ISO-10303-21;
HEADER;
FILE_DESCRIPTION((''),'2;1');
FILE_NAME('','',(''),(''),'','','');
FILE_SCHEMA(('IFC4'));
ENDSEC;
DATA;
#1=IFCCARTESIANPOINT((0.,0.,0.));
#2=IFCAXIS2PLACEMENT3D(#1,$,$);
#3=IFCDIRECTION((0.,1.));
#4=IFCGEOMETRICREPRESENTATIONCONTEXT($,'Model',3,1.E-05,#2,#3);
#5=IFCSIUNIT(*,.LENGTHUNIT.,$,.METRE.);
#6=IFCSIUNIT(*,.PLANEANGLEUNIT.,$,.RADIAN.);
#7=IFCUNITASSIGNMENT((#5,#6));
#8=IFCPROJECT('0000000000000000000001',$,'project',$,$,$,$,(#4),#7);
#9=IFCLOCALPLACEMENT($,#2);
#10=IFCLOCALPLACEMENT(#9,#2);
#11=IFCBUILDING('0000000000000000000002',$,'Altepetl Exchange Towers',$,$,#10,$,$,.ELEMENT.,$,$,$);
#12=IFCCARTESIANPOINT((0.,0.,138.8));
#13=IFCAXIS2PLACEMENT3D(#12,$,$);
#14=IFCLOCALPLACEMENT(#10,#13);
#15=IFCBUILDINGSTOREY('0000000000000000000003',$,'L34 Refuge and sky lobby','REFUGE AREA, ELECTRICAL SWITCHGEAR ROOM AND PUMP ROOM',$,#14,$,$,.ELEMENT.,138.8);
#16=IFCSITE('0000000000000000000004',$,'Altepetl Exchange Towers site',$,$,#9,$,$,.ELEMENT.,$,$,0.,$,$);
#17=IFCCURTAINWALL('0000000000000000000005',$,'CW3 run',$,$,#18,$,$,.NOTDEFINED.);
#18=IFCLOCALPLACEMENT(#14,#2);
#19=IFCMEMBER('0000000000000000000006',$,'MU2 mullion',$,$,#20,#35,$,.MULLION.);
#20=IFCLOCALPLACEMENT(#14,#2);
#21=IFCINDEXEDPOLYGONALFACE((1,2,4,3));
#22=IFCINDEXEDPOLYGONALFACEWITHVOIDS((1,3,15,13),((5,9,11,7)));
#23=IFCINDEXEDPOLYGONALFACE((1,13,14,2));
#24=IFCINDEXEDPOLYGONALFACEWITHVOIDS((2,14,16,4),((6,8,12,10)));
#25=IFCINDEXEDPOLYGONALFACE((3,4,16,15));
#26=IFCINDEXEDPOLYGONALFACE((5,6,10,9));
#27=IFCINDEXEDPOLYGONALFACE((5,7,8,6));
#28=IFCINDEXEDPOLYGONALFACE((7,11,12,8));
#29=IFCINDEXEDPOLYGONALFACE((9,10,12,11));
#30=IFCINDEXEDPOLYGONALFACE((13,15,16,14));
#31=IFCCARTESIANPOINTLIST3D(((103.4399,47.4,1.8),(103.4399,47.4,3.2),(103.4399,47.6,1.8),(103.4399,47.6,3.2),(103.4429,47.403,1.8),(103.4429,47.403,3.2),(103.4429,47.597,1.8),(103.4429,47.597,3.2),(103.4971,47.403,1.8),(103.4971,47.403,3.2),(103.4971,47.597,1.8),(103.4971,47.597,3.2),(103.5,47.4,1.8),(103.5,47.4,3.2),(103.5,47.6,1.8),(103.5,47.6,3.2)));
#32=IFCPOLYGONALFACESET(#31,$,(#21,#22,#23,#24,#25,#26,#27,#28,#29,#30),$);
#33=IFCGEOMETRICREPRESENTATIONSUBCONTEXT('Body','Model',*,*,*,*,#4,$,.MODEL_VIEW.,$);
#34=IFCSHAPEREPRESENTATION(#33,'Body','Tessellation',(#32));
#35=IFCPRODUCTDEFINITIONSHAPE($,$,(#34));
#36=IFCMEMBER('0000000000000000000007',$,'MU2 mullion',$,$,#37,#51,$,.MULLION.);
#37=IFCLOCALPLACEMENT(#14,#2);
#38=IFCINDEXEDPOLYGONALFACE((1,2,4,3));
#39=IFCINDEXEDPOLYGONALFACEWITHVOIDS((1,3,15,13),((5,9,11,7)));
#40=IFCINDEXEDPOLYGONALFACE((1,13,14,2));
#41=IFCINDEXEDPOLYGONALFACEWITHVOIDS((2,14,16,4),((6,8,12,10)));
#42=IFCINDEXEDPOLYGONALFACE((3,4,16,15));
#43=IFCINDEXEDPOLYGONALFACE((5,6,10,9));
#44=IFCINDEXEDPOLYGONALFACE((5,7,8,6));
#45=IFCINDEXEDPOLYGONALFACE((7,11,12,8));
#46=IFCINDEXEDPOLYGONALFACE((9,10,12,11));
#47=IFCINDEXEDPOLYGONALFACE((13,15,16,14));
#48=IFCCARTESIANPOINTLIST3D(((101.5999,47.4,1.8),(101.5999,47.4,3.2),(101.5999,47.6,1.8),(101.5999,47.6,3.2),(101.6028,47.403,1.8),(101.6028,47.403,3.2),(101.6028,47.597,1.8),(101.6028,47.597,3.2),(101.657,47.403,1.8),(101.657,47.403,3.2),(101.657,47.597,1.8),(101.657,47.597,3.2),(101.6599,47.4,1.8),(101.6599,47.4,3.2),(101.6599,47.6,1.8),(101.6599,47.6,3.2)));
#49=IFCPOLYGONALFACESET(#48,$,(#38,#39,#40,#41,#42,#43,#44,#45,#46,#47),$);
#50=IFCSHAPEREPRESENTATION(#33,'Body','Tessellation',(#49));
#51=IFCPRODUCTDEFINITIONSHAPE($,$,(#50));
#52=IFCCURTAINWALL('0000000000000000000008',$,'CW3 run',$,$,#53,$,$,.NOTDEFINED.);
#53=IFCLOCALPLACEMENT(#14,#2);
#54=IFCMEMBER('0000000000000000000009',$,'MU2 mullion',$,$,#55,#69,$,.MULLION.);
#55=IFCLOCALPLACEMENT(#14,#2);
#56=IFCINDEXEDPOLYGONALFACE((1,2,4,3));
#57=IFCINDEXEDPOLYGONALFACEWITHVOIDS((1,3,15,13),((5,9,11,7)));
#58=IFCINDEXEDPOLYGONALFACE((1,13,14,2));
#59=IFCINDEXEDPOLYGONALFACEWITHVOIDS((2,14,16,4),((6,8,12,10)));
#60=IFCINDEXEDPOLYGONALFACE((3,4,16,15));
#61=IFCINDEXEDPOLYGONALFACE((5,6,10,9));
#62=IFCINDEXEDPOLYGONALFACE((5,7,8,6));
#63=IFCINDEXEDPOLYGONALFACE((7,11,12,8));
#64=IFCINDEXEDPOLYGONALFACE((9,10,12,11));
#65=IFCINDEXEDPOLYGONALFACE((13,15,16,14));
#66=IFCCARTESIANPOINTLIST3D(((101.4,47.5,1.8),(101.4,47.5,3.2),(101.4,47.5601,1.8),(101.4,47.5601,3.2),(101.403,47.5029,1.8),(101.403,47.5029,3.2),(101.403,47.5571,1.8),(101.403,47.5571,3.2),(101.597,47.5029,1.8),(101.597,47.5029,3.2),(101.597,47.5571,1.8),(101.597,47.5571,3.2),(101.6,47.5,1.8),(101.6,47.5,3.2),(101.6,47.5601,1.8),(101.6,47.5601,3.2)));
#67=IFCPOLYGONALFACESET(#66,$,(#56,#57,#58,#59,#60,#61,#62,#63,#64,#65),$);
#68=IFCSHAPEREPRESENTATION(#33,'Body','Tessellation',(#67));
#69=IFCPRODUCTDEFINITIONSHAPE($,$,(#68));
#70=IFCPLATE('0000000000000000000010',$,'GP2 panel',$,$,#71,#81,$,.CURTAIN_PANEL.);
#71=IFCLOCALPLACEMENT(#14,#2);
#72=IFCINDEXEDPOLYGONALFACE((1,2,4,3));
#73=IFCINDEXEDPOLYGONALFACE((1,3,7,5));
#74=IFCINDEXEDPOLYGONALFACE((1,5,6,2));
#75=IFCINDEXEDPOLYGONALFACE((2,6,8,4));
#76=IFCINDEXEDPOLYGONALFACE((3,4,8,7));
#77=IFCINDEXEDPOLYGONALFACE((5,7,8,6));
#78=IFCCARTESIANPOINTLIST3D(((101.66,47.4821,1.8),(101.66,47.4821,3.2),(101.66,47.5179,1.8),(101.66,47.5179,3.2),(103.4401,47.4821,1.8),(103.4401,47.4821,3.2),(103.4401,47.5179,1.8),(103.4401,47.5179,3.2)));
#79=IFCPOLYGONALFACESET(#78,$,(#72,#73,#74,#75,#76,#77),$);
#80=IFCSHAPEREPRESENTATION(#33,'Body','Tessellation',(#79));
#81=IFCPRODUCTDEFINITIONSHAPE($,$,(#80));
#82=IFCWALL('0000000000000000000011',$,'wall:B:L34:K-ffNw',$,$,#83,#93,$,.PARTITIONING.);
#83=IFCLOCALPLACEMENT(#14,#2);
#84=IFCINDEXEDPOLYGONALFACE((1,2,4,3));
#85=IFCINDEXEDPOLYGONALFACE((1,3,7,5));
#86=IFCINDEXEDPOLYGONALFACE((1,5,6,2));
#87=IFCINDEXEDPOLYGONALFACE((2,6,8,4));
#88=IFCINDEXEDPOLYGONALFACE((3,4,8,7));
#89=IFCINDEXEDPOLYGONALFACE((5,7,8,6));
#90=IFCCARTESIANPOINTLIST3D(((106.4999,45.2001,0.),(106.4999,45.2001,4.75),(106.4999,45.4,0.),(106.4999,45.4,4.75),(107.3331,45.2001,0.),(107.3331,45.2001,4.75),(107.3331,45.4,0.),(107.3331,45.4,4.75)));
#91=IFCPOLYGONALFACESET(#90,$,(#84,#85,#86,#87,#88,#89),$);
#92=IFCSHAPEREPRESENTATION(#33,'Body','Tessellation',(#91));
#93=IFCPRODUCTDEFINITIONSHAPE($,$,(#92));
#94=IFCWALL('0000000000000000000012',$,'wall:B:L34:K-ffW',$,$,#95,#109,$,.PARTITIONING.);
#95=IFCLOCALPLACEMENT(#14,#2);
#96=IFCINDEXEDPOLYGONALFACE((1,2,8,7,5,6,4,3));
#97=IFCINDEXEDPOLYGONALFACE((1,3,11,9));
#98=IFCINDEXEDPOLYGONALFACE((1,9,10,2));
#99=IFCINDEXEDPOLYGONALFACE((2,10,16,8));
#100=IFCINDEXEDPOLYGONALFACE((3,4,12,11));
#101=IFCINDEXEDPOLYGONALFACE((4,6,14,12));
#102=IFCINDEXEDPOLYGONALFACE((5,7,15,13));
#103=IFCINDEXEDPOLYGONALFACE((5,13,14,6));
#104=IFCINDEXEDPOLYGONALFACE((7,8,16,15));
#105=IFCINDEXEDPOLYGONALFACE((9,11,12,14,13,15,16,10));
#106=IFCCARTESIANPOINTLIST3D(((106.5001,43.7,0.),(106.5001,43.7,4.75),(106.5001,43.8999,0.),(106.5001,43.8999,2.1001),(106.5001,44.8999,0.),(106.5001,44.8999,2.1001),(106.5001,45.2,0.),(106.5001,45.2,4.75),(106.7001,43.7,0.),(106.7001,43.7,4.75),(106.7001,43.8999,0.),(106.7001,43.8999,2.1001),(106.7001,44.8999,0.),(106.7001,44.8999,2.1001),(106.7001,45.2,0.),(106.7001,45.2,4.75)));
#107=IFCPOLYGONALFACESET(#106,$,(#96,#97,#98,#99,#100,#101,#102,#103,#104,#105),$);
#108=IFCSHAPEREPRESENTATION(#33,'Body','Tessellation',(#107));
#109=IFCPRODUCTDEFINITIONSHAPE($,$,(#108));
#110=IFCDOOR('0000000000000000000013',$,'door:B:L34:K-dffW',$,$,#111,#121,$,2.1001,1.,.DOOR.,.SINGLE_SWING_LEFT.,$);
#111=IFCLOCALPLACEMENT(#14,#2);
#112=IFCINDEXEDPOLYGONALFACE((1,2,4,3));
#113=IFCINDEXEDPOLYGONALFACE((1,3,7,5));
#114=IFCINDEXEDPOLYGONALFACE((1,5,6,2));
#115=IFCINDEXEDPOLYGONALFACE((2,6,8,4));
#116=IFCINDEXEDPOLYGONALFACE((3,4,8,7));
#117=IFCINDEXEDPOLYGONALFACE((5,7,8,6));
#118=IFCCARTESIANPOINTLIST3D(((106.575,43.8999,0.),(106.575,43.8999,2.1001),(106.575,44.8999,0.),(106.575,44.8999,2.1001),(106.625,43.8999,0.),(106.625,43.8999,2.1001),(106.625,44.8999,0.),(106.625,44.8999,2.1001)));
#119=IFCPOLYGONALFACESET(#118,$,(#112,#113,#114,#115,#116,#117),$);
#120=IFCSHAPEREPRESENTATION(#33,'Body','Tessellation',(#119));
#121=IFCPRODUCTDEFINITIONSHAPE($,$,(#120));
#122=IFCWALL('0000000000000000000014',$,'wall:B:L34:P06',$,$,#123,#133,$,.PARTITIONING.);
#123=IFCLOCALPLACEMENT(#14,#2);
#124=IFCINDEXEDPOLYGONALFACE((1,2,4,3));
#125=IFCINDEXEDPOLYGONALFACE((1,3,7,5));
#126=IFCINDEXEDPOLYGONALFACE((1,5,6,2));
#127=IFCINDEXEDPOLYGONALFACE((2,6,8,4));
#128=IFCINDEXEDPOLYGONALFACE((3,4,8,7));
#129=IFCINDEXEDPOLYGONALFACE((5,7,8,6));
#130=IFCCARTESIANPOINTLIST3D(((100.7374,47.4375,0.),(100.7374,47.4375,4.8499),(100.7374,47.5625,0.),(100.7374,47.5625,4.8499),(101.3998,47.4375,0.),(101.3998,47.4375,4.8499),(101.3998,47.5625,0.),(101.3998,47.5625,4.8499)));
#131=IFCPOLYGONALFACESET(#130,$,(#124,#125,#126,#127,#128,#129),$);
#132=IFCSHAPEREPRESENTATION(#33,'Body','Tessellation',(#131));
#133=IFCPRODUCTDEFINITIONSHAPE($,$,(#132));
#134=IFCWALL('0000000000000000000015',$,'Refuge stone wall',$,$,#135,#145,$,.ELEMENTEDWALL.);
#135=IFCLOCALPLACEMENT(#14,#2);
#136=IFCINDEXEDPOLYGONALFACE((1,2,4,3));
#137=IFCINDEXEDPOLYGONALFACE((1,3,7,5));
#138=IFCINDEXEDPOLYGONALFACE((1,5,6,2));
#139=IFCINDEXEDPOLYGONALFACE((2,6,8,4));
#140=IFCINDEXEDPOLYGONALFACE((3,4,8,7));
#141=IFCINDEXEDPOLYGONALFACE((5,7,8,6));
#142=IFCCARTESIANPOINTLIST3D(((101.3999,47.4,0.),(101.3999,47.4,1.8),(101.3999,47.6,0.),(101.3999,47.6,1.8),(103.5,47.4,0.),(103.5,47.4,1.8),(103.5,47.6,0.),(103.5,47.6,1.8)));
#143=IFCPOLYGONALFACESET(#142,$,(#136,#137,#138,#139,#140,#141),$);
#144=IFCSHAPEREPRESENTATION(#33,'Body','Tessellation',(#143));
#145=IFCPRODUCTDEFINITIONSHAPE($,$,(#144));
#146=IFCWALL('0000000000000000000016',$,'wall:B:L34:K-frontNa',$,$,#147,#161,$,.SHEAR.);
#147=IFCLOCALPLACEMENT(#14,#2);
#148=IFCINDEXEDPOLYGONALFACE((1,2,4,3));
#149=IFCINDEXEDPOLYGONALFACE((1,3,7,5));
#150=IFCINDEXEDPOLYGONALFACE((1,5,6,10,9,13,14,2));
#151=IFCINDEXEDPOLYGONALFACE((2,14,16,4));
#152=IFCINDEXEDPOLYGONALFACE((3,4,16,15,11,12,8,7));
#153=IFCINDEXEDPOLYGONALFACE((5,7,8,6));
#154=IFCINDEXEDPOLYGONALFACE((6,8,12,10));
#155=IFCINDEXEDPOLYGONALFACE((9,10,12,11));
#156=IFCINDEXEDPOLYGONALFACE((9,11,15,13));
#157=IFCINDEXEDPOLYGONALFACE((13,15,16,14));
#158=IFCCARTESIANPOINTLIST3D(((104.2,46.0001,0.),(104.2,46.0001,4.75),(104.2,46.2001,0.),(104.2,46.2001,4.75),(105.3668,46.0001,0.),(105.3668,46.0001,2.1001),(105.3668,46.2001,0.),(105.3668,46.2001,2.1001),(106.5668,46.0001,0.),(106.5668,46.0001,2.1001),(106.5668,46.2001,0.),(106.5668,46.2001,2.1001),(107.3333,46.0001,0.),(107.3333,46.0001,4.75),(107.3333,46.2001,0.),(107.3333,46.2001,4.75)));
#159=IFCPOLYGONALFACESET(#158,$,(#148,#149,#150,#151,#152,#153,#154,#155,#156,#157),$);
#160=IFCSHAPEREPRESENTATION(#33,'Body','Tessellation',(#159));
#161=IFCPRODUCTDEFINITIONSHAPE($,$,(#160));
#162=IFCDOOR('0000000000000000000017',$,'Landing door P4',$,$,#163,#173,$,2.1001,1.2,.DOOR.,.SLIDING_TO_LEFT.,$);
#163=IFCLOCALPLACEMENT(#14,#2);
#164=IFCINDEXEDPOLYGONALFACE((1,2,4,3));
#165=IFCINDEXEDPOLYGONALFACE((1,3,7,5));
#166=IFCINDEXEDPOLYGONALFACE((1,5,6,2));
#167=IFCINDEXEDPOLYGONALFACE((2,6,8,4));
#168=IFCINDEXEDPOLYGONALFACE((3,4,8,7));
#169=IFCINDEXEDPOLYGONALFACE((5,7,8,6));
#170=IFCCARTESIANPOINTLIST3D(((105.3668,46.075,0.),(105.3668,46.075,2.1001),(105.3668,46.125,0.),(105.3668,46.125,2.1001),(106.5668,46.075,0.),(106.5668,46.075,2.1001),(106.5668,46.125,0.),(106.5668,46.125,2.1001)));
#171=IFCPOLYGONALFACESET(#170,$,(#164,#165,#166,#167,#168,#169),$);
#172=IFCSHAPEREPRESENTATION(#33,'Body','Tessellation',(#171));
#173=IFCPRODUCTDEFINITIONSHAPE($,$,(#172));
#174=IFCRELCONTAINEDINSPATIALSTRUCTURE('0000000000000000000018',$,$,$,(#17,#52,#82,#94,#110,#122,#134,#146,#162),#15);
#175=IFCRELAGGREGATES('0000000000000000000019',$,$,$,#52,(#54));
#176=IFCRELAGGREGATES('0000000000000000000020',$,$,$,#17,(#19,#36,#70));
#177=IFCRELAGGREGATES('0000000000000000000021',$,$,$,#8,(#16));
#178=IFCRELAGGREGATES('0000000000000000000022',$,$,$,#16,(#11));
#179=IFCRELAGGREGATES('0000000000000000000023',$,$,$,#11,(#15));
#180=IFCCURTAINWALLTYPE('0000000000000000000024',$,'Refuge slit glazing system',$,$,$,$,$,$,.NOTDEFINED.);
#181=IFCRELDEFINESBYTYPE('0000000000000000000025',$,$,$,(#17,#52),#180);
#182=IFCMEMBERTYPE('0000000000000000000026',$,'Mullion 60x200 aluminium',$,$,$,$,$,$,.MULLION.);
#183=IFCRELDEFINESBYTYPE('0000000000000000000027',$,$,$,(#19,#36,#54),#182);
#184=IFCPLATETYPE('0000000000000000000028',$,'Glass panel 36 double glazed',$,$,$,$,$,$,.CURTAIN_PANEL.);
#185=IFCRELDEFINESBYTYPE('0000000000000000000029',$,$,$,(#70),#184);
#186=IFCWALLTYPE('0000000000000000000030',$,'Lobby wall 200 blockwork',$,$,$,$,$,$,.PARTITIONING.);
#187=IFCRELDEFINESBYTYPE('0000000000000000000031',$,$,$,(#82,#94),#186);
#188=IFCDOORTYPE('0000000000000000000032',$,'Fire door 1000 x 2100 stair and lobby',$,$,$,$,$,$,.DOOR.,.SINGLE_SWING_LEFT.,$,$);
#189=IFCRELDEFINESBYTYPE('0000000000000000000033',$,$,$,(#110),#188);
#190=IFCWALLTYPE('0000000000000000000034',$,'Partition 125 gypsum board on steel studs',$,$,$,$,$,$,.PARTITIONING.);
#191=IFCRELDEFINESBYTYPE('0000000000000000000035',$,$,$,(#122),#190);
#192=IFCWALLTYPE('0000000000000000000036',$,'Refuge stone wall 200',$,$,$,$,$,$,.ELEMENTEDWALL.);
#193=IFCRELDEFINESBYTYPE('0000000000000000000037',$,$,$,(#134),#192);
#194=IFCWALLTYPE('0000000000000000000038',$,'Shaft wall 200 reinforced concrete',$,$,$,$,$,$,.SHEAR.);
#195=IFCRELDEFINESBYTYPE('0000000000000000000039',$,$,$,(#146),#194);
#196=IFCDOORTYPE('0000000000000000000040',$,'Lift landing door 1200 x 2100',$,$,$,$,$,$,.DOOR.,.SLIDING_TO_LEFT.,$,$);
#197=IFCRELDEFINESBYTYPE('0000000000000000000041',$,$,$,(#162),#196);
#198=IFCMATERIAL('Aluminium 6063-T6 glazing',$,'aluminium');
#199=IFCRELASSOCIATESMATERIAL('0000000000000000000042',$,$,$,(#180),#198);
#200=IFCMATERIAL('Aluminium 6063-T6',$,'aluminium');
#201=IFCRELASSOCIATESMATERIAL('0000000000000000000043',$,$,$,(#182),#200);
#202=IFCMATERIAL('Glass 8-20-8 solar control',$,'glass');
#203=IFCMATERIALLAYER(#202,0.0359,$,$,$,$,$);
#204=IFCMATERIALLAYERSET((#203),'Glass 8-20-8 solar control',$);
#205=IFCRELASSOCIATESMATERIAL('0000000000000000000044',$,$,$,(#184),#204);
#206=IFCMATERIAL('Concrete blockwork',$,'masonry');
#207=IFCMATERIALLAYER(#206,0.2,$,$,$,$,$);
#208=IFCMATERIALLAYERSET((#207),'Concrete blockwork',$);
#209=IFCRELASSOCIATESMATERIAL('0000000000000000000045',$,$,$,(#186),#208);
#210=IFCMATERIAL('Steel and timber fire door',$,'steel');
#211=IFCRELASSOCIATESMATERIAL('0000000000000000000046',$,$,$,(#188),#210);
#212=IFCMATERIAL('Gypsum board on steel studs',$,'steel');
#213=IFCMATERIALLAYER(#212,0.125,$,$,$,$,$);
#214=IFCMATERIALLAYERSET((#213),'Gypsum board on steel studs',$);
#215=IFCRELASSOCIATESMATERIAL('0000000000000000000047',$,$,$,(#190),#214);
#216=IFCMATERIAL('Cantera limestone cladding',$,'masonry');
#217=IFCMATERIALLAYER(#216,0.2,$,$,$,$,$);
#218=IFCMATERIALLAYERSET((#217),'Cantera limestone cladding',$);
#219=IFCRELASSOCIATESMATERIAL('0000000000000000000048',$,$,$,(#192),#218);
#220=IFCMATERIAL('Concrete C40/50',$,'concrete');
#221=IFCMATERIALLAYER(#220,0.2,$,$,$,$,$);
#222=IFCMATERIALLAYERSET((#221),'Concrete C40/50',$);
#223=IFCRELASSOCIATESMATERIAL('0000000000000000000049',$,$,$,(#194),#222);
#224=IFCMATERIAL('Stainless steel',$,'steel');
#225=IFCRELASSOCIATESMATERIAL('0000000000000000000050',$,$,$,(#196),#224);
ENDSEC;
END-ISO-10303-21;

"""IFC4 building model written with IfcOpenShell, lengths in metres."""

from ifc_helpers import new_model, si_unit, direction, frame, frame_2d, origin, origin_2d, place, context, subcontext, project, spatial, rectangle, hollow_rectangle, extrude, material, layer, layer_set, material_profile, profile_set, type_object, element, fill, aggregate, save


model = new_model("IFC4")

# Units and contexts
model_context = context("Model", 3, precision=1e-05, world=origin(), true_north=direction((0.0, 1.0)))
body_context = subcontext(model_context, "Body", "Model", "MODEL_VIEW")
ifc_project = project(units=[si_unit("LENGTHUNIT", "METRE"), si_unit("PLANEANGLEUNIT", "RADIAN")], contexts=[model_context])

# Site, building, storey
site_placement = place(None, origin())
site = spatial("IfcSite", under=ifc_project, at=site_placement, Name="Altepetl Exchange Towers site", CompositionType="ELEMENT", RefElevation=0.0)
building_placement = place(site_placement, origin())
building = spatial("IfcBuilding", under=site, at=building_placement, Name="Altepetl Exchange Towers", CompositionType="ELEMENT")
storey_placement = place(building_placement, frame((0.0, 0.0, 138.8)))
storey = spatial("IfcBuildingStorey", under=building, at=storey_placement, Name="L34 Refuge and sky lobby", Description="REFUGE AREA, ELECTRICAL SWITCHGEAR ROOM AND PUMP ROOM", CompositionType="ELEMENT", Elevation=138.8)

# Curtain wall, members
ifc_material_1 = material(Name="Aluminium 6063-T6 glazing", Category="aluminium")
curtain_wall_type = type_object("IfcCurtainWallType", Name="Refuge slit glazing system", PredefinedType="NOTDEFINED", material=ifc_material_1)
curtain_wall_1_placement = place(storey_placement, origin())
curtain_wall_1 = element("IfcCurtainWall", 1, at=curtain_wall_1_placement, inside=storey, type_object=curtain_wall_type, Name="CW3 run", PredefinedType="NOTDEFINED")
ifc_material_2 = material(Name="Aluminium 6063-T6", Category="aluminium")
ifc_material_profile = material_profile(ifc_material_2, hollow_rectangle(XDim=0.0601, YDim=0.2, WallThickness=0.0029, at=origin_2d()), Name="Mullion 60x200 aluminium")
ifc_profile_set = profile_set([ifc_material_profile], Name="Aluminium 6063-T6")
member_type = type_object("IfcMemberType", Name="Mullion 60x200 aluminium", PredefinedType="MULLION", material=ifc_profile_set)
member_1_placement = place(storey_placement, frame((103.47, 47.5, 1.8), z_axis=(0.0, 0.0, 1.0), x_axis=(-1.0, 0.0, 0.0)))
member_1 = element("IfcMember", 2, at=member_1_placement, type_object=member_type, Name="MU2 mullion", PredefinedType="MULLION", context=body_context, shape_type="SweptSolid", body=[
    extrude(hollow_rectangle(XDim=0.0601, YDim=0.2, WallThickness=0.0029, at=origin_2d()), origin(), (0.0, 0.0, 1.0), 1.3999),
])
member_2_placement = place(storey_placement, frame((101.6299, 47.5, 1.8), z_axis=(0.0, 0.0, 1.0), x_axis=(-1.0, 0.0, 0.0)))
member_2 = element("IfcMember", 3, at=member_2_placement, type_object=member_type, Name="MU2 mullion", PredefinedType="MULLION", context=body_context, shape_type="SweptSolid", body=[
    extrude(hollow_rectangle(XDim=0.0601, YDim=0.2, WallThickness=0.0029, at=origin_2d()), origin(), (0.0, 0.0, 1.0), 1.3999),
])

# Curtain wall, member
curtain_wall_2_placement = place(storey_placement, origin())
curtain_wall_2 = element("IfcCurtainWall", 4, at=curtain_wall_2_placement, inside=storey, type_object=curtain_wall_type, Name="CW3 run", PredefinedType="NOTDEFINED")
member_3_placement = place(storey_placement, frame((101.5, 47.53, 1.8), z_axis=(0.0, 0.0, 1.0), x_axis=(0.0, 1.0, 0.0)))
member_3 = element("IfcMember", 5, at=member_3_placement, type_object=member_type, Name="MU2 mullion", PredefinedType="MULLION", context=body_context, shape_type="SweptSolid", body=[
    extrude(hollow_rectangle(XDim=0.0601, YDim=0.2, WallThickness=0.0029, at=origin_2d()), origin(), (0.0, 0.0, 1.0), 1.3999),
])
aggregate(curtain_wall_2, [member_3])

# Plate
ifc_material_3 = material(Name="Glass 8-20-8 solar control", Category="glass")
ifc_layer_1 = layer(ifc_material_3, 0.0359)
ifc_layer_set_1 = layer_set([ifc_layer_1], Name="Glass 8-20-8 solar control")
plate_type = type_object("IfcPlateType", Name="Glass panel 36 double glazed", PredefinedType="CURTAIN_PANEL", material=ifc_layer_set_1)
plate_placement = place(storey_placement, frame((102.55, 47.5, 1.8), z_axis=(0.0, 0.0, 1.0), x_axis=(-1.0, 0.0, 0.0)))
plate = element("IfcPlate", 6, at=plate_placement, type_object=plate_type, Name="GP2 panel", PredefinedType="CURTAIN_PANEL", context=body_context, shape_type="SweptSolid", body=[
    extrude(rectangle(XDim=1.78, YDim=0.0359, at=origin_2d()), origin(), (0.0, 0.0, 1.0), 1.3999),
])
aggregate(curtain_wall_1, [member_1, member_2, plate])

# Wall
ifc_material_4 = material(Name="Concrete blockwork", Category="masonry")
ifc_layer_2 = layer(ifc_material_4, 0.2)
ifc_layer_set_2 = layer_set([ifc_layer_2], Name="Concrete blockwork")
wall_type_1 = type_object("IfcWallType", Name="Lobby wall 200 blockwork", PredefinedType="PARTITIONING", material=ifc_layer_set_2)
wall_1_placement = place(storey_placement, frame((106.5, 45.3, 0.0)))
element("IfcWall", 7, at=wall_1_placement, inside=storey, type_object=wall_type_1, Name="wall:B:L34:K-ffNw", PredefinedType="PARTITIONING", context=body_context, shape_type="SweptSolid", body=[
    extrude(rectangle(XDim=0.8333, YDim=0.2, at=frame_2d((0.4165, 0.0))), origin(), (0.0, 0.0, 1.0), 4.75),
])

# Wall, opening, door
wall_2_placement = place(storey_placement, frame((106.6001, 43.7, 0.0), z_axis=(0.0, 0.0, 1.0), x_axis=(0.0, 1.0, 0.0)))
wall_2 = element("IfcWall", 8, at=wall_2_placement, inside=storey, type_object=wall_type_1, Name="wall:B:L34:K-ffW", PredefinedType="PARTITIONING", context=body_context, shape_type="SweptSolid", body=[
    extrude(rectangle(XDim=1.5, YDim=0.2, at=frame_2d((0.75, 0.0))), origin(), (0.0, 0.0, 1.0), 4.75),
])
opening_1_placement = place(wall_2_placement, frame((0.2, 0.0, 0.0)))
opening_1 = element("IfcOpeningElement", 9, at=opening_1_placement, cuts=wall_2, PredefinedType="OPENING", context=body_context, shape_type="SweptSolid", body=[
    extrude(rectangle(XDim=1.0, YDim=2.1001, at=frame_2d((0.5, 1.05))), frame((0.0, 0.1099, 0.0), z_axis=(0.0, -1.0, 0.0), x_axis=(1.0, 0.0, 0.0)), (0.0, 0.0, 1.0), 0.22),
])
ifc_material_5 = material(Name="Steel and timber fire door", Category="steel")
door_type_1 = type_object("IfcDoorType", Name="Fire door 1000 x 2100 stair and lobby", OperationType="SINGLE_SWING_LEFT", PredefinedType="DOOR", material=ifc_material_5)
door_1_placement = place(opening_1_placement, frame((1.0, 0.0, 0.0), x_axis=(-1.0, 0.0, 0.0)))
door_1 = element("IfcDoor", 10, at=door_1_placement, inside=storey, type_object=door_type_1, Name="door:B:L34:K-dffW", OperationType="SINGLE_SWING_LEFT", OverallHeight=2.1001, OverallWidth=1.0, PredefinedType="DOOR", context=body_context, shape_type="SweptSolid", body=[
    extrude(rectangle(XDim=1.0, YDim=2.1001, at=frame_2d((0.5, 1.05))), frame((0.0, 0.0249, 0.0), z_axis=(0.0, -1.0, 0.0), x_axis=(1.0, 0.0, 0.0)), (0.0, 0.0, 1.0), 0.05),
])
fill(opening_1, door_1)

# Walls
ifc_material_6 = material(Name="Gypsum board on steel studs", Category="steel")
ifc_layer_3 = layer(ifc_material_6, 0.125)
ifc_layer_set_3 = layer_set([ifc_layer_3], Name="Gypsum board on steel studs")
wall_type_2 = type_object("IfcWallType", Name="Partition 125 gypsum board on steel studs", PredefinedType="PARTITIONING", material=ifc_layer_set_3)
wall_3_placement = place(storey_placement, frame((100.7375, 47.5, 0.0)))
element("IfcWall", 11, at=wall_3_placement, inside=storey, type_object=wall_type_2, Name="wall:B:L34:P06", PredefinedType="PARTITIONING", context=body_context, shape_type="SweptSolid", body=[
    extrude(rectangle(XDim=0.6624, YDim=0.125, at=frame_2d((0.3311, 0.0))), origin(), (0.0, 0.0, 1.0), 4.8499),
])
ifc_material_7 = material(Name="Cantera limestone cladding", Category="masonry")
ifc_layer_4 = layer(ifc_material_7, 0.2)
ifc_layer_set_4 = layer_set([ifc_layer_4], Name="Cantera limestone cladding")
wall_type_3 = type_object("IfcWallType", Name="Refuge stone wall 200", PredefinedType="ELEMENTEDWALL", material=ifc_layer_set_4)
wall_4_placement = place(storey_placement, frame((103.5, 47.5, 0.0), z_axis=(0.0, 0.0, 1.0), x_axis=(-1.0, 0.0, 0.0)))
element("IfcWall", 12, at=wall_4_placement, inside=storey, type_object=wall_type_3, Name="Refuge stone wall", PredefinedType="ELEMENTEDWALL", context=body_context, shape_type="SweptSolid", body=[
    extrude(rectangle(XDim=2.1001, YDim=0.2, at=frame_2d((1.05, 0.0))), origin(), (0.0, 0.0, 1.0), 1.8),
])

# Wall, opening, door
ifc_material_8 = material(Name="Concrete C40/50", Category="concrete")
ifc_layer_5 = layer(ifc_material_8, 0.2)
ifc_layer_set_5 = layer_set([ifc_layer_5], Name="Concrete C40/50")
wall_type_4 = type_object("IfcWallType", Name="Shaft wall 200 reinforced concrete", PredefinedType="SHEAR", material=ifc_layer_set_5)
wall_5_placement = place(storey_placement, frame((104.2, 46.1001, 0.0)))
wall_5 = element("IfcWall", 13, at=wall_5_placement, inside=storey, type_object=wall_type_4, Name="wall:B:L34:K-frontNa", PredefinedType="SHEAR", context=body_context, shape_type="SweptSolid", body=[
    extrude(rectangle(XDim=3.1333, YDim=0.2, at=frame_2d((1.5667, 0.0))), origin(), (0.0, 0.0, 1.0), 4.75),
])
opening_2_placement = place(wall_5_placement, frame((1.1667, 0.0, 0.0)))
opening_2 = element("IfcOpeningElement", 14, at=opening_2_placement, cuts=wall_5, PredefinedType="OPENING", context=body_context, shape_type="SweptSolid", body=[
    extrude(rectangle(XDim=1.2, YDim=2.1001, at=frame_2d((0.6001, 1.05))), frame((0.0, 0.1099, 0.0), z_axis=(0.0, -1.0, 0.0), x_axis=(1.0, 0.0, 0.0)), (0.0, 0.0, 1.0), 0.22),
])
ifc_material_9 = material(Name="Stainless steel", Category="steel")
door_type_2 = type_object("IfcDoorType", Name="Lift landing door 1200 x 2100", OperationType="SLIDING_TO_LEFT", PredefinedType="DOOR", material=ifc_material_9)
door_2_placement = place(opening_2_placement, origin())
door_2 = element("IfcDoor", 15, at=door_2_placement, inside=storey, type_object=door_type_2, Name="Landing door P4", OperationType="SLIDING_TO_LEFT", OverallHeight=2.1001, OverallWidth=1.2, PredefinedType="DOOR", context=body_context, shape_type="SweptSolid", body=[
    extrude(rectangle(XDim=1.2, YDim=2.1001, at=frame_2d((0.6001, 1.05))), frame((0.0, 0.0249, 0.0), z_axis=(0.0, -1.0, 0.0), x_axis=(1.0, 0.0, 0.0)), (0.0, 0.0, 1.0), 0.05),
])
fill(opening_2, door_2)

save(model, "model.ifc")
